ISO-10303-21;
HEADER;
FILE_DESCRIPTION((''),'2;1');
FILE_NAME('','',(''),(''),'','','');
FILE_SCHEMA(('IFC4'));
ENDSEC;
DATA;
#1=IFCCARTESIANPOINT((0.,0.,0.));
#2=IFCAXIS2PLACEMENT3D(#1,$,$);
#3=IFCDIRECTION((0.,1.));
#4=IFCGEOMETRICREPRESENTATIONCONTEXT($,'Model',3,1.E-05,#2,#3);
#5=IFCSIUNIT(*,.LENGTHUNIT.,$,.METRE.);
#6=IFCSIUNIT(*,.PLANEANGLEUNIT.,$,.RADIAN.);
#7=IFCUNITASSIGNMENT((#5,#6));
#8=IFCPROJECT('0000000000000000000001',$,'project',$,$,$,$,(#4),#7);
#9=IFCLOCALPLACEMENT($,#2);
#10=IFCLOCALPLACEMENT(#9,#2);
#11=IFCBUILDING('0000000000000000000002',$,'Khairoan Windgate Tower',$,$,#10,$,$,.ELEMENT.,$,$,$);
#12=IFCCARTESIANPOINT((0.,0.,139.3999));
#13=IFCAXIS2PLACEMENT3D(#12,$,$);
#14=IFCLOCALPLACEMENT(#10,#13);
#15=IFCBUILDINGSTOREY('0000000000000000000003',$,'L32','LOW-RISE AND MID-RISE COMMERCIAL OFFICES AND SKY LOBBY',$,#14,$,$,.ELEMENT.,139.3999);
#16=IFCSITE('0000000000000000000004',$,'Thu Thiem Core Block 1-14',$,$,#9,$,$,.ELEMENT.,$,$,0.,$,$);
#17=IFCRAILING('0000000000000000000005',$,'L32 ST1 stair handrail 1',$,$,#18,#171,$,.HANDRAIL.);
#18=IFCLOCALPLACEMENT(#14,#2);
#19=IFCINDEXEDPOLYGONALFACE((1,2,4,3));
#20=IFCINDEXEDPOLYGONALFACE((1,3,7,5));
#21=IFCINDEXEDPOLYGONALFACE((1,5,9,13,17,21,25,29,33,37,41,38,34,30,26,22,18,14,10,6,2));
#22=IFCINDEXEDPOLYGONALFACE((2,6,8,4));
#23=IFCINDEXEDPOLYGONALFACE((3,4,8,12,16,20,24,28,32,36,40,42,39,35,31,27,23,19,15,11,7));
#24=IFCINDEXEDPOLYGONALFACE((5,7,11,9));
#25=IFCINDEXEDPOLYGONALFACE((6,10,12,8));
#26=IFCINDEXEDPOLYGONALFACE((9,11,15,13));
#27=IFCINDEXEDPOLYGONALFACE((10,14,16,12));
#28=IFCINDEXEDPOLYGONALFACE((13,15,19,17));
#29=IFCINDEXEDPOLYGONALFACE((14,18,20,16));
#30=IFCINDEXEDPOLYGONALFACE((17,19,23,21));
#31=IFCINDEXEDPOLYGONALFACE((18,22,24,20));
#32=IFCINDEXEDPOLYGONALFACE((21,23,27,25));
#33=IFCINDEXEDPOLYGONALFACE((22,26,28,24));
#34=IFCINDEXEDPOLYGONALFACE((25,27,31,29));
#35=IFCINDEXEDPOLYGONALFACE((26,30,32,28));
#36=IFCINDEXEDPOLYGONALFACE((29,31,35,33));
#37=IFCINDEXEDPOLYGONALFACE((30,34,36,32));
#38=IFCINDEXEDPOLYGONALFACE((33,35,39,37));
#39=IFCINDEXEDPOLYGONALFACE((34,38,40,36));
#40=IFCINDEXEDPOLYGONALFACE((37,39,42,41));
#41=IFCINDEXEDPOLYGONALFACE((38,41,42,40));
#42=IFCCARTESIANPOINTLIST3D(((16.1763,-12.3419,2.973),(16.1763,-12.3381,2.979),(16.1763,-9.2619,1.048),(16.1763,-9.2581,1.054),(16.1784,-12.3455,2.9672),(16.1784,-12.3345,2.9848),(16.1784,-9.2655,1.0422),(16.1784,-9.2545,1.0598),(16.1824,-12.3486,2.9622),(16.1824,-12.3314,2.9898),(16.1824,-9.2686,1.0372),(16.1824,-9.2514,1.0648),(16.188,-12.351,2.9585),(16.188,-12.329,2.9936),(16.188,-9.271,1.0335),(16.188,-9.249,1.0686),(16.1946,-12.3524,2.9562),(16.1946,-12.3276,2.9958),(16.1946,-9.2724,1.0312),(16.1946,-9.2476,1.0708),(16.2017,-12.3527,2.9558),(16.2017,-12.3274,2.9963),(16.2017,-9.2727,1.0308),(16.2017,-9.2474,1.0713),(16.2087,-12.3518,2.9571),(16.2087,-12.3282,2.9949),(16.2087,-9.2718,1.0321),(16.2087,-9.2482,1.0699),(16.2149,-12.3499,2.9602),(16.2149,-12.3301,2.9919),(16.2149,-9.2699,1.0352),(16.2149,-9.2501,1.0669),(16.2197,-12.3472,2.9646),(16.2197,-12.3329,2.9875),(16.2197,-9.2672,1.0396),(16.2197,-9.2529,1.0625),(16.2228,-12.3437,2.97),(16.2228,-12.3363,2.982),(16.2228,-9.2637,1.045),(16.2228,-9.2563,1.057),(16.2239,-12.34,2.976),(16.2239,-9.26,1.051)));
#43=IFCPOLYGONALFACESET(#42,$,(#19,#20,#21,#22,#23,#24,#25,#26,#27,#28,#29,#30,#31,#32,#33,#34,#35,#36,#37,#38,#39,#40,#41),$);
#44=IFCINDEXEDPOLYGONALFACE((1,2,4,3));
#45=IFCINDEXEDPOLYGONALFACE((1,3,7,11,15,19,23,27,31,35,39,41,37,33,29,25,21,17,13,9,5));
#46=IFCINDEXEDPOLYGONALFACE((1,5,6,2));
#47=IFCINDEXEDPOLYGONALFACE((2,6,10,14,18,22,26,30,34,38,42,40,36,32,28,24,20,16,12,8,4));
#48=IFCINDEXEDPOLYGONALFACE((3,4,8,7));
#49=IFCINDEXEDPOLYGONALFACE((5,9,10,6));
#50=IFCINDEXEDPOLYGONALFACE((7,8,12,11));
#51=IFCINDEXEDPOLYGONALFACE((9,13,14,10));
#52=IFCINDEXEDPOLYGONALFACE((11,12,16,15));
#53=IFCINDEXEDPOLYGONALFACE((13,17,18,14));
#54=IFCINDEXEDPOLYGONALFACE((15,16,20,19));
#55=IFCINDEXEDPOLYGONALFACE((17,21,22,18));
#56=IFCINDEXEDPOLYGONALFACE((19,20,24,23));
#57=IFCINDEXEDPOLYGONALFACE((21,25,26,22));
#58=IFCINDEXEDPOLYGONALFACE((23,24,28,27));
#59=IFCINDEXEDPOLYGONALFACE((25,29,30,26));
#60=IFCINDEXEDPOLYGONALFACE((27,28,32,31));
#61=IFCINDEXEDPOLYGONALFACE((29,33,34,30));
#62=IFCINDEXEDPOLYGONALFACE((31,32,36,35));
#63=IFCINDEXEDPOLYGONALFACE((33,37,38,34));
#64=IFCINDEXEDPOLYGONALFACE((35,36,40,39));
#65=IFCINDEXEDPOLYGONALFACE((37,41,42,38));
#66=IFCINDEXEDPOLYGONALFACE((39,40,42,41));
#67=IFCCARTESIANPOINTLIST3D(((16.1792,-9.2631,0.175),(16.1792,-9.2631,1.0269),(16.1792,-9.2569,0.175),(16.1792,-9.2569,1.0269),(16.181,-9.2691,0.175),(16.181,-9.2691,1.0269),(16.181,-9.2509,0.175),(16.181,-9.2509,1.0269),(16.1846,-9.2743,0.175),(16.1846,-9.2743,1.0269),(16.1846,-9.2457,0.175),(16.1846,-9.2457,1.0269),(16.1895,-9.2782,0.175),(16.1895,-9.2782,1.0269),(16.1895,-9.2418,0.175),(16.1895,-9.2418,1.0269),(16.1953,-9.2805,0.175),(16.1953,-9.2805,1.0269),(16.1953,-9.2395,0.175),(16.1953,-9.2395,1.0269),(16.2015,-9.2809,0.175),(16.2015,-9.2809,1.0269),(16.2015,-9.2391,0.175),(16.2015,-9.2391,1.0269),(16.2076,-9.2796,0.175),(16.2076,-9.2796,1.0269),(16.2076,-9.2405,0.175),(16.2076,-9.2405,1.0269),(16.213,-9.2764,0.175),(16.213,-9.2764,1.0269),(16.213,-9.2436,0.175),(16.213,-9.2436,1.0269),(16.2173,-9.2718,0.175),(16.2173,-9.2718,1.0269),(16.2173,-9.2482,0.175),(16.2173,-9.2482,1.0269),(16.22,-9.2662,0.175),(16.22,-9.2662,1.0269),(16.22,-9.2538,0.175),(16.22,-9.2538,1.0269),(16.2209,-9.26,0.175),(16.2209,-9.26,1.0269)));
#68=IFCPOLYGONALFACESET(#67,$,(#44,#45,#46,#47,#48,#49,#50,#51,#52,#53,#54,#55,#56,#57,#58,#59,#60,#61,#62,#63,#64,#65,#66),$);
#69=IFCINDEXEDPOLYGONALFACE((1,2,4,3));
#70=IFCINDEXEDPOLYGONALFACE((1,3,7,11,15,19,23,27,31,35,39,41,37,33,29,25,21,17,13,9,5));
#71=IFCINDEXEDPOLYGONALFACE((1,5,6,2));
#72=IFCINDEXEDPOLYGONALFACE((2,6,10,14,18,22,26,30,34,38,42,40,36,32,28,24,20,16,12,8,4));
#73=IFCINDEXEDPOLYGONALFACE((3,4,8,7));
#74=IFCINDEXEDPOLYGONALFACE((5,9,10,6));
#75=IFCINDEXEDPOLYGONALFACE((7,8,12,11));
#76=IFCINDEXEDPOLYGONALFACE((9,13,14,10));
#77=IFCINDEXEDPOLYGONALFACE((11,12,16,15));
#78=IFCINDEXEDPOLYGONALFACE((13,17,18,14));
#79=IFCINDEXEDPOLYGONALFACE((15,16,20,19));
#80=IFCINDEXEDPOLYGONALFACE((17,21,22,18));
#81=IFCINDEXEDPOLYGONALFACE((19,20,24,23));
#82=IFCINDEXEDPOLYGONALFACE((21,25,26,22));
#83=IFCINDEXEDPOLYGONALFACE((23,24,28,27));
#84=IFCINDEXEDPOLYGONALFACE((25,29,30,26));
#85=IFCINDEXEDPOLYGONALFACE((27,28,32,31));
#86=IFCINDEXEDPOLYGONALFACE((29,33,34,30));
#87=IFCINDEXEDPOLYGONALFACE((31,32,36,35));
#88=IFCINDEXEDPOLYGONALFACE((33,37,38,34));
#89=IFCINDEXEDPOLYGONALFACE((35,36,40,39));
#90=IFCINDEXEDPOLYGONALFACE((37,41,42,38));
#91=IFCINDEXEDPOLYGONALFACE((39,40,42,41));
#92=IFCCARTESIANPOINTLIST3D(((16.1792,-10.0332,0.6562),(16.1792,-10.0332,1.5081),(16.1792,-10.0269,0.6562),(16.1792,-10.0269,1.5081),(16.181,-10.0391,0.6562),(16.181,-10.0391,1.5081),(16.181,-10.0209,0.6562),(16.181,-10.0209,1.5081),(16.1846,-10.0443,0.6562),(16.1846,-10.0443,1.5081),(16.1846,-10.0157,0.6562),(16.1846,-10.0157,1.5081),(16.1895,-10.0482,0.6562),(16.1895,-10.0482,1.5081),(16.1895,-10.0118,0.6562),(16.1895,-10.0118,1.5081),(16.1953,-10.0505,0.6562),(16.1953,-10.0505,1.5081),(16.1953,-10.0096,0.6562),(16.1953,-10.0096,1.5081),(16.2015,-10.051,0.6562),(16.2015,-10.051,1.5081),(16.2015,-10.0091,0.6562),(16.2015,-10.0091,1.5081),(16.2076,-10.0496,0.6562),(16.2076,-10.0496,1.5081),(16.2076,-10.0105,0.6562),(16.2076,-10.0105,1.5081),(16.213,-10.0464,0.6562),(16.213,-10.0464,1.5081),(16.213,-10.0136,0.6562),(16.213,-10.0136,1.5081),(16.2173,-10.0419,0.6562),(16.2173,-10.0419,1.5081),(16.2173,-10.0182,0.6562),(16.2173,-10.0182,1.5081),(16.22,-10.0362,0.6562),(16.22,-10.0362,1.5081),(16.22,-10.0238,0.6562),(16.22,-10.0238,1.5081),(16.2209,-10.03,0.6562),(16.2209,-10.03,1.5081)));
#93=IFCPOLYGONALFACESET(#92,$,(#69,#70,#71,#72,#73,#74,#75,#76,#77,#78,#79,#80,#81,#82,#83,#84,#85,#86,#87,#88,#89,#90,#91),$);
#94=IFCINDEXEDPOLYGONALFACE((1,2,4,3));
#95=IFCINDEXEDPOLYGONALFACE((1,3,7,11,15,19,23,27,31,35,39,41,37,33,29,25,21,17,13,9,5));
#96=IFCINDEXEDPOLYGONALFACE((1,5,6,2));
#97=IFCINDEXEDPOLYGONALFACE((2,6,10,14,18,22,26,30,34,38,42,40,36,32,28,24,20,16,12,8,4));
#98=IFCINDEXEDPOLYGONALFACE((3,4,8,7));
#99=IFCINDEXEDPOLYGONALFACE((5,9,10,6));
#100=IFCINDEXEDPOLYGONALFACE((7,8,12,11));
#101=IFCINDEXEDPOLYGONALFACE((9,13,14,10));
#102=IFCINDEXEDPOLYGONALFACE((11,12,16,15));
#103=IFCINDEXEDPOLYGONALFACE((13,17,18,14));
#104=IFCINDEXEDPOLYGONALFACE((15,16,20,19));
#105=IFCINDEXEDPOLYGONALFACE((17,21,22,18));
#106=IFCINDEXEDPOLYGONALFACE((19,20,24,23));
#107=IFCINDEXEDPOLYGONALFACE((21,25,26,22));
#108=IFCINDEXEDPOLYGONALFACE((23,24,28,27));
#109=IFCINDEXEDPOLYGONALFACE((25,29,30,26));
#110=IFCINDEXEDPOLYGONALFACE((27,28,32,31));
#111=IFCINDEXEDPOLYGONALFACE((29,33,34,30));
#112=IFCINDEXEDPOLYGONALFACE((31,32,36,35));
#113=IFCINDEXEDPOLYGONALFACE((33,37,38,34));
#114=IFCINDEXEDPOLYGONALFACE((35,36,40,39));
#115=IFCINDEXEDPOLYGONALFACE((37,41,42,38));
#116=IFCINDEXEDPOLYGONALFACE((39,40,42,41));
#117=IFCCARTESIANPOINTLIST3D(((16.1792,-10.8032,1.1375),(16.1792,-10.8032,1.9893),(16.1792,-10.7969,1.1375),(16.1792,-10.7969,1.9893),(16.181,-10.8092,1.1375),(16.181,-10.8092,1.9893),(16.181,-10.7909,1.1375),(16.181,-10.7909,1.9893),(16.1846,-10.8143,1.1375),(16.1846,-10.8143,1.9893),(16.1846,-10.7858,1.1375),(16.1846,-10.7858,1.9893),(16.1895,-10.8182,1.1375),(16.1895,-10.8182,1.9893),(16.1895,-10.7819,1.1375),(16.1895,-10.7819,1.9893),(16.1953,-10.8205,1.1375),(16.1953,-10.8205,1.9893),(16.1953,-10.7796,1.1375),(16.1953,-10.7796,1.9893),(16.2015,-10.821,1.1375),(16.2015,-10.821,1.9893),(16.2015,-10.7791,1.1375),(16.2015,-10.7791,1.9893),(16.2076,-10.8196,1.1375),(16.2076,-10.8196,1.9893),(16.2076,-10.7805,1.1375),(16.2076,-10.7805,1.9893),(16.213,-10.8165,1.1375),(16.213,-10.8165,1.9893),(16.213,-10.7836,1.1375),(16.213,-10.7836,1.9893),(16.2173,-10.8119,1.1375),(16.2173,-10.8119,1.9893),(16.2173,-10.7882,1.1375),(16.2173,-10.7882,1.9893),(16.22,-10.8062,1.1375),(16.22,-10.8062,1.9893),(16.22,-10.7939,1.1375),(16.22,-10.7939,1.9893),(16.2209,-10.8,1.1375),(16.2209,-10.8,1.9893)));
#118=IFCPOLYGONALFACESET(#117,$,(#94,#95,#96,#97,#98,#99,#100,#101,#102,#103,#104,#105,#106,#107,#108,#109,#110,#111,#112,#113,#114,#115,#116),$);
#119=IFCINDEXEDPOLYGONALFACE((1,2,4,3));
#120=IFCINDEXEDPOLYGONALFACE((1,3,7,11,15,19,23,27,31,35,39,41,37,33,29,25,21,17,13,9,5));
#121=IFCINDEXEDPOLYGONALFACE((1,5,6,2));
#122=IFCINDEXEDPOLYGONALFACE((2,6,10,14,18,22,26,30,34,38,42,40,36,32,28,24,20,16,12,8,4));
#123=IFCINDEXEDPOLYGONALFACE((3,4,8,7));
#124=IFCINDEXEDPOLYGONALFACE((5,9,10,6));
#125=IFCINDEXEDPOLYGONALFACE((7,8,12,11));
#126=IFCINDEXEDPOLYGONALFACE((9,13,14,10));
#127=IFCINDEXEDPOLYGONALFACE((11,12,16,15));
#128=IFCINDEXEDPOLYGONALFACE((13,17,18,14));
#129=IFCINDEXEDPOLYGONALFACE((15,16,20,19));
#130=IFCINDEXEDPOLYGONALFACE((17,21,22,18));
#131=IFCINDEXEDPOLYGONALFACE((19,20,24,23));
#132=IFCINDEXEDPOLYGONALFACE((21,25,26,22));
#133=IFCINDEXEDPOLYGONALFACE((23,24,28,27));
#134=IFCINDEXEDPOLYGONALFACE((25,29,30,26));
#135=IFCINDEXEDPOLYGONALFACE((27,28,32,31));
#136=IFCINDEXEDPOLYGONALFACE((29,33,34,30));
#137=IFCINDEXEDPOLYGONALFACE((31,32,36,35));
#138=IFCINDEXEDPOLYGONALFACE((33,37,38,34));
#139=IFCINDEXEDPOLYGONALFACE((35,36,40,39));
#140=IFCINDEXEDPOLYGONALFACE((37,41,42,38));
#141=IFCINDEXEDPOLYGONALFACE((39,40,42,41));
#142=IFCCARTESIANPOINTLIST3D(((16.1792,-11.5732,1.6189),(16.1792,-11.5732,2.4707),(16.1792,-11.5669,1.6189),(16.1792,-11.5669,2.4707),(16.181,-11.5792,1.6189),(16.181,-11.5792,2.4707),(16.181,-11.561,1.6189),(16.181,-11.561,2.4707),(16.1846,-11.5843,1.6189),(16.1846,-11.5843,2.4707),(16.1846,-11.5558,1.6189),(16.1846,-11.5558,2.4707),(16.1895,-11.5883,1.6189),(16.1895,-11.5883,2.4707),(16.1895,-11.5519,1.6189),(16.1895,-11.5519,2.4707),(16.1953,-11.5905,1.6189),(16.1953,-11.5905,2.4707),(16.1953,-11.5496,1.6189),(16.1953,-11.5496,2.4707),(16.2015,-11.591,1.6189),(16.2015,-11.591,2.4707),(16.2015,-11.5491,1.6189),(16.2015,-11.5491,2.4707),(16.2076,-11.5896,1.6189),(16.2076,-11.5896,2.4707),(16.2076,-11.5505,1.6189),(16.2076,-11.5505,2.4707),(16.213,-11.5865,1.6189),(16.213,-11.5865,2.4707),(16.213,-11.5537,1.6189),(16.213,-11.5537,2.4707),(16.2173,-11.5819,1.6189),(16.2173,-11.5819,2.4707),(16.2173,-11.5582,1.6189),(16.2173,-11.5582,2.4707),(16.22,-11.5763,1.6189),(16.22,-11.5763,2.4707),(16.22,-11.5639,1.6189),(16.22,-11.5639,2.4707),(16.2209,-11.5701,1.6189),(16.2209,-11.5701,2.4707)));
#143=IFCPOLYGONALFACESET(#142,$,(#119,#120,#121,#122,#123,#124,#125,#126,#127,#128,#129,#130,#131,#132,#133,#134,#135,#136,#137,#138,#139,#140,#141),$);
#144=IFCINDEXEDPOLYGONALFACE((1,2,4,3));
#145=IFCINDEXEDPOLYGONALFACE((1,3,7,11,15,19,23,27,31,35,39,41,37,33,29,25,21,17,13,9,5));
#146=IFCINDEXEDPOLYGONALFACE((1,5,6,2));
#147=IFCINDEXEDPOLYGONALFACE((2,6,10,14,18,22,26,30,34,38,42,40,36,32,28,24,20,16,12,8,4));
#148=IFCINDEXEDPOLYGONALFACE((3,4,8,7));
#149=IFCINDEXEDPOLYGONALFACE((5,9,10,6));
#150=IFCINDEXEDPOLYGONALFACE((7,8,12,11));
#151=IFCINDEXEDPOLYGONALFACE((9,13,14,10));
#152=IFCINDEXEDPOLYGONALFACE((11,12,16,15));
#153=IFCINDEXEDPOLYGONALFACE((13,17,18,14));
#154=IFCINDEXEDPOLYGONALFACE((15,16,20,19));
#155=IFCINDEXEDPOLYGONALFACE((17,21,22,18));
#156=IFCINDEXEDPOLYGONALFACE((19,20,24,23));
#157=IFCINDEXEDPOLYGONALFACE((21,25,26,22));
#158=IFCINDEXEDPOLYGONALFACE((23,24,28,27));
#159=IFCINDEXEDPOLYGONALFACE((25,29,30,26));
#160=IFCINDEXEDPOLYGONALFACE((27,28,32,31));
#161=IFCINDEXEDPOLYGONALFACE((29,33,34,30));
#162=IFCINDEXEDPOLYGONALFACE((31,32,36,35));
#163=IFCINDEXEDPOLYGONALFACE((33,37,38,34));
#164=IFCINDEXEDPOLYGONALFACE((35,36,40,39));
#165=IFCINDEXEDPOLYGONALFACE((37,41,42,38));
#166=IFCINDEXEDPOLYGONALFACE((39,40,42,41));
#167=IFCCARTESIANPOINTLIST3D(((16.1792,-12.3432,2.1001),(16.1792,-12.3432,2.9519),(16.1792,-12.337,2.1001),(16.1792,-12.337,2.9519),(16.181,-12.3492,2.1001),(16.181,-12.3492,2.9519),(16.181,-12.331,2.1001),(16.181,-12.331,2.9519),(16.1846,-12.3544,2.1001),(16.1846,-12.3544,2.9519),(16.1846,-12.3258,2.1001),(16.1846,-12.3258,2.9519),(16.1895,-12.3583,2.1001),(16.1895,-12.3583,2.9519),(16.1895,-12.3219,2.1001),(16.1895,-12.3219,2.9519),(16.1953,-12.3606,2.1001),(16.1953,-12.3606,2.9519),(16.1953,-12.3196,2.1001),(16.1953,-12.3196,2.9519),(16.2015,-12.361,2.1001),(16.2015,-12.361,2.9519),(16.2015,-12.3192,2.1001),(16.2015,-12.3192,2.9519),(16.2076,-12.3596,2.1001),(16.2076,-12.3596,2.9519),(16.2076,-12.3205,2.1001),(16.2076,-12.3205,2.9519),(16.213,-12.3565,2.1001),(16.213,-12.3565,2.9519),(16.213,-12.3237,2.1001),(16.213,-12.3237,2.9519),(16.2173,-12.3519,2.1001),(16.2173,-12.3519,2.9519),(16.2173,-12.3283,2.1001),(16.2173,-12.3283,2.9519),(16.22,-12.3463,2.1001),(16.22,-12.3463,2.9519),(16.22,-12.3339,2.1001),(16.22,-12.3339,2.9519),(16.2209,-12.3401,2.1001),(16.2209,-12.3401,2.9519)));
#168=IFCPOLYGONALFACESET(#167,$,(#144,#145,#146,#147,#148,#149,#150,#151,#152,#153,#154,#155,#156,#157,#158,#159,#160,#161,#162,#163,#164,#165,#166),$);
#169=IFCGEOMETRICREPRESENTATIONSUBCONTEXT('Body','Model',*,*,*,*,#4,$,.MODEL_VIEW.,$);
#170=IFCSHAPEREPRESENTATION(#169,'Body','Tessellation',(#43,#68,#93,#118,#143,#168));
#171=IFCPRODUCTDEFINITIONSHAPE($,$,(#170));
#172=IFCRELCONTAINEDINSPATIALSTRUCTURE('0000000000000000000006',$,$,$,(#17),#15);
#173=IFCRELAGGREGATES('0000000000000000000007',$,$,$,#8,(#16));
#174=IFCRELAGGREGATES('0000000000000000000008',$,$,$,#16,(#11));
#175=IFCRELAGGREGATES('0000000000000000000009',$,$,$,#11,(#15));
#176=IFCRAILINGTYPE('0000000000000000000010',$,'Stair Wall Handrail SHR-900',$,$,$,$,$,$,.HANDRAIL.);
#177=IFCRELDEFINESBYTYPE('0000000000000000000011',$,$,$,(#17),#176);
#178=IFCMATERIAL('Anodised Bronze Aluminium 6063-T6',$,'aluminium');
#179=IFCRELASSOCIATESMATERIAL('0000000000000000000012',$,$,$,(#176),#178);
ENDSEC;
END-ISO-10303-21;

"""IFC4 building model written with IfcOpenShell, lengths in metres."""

from ifc_helpers import new_model, si_unit, direction, frame, origin, origin_2d, place, context, subcontext, project, spatial, circle, extrude, material, type_object, element, save


model = new_model("IFC4")

# Units and contexts
model_context = context("Model", 3, precision=1e-05, world=origin(), true_north=direction((0.0, 1.0)))
body_context = subcontext(model_context, "Body", "Model", "MODEL_VIEW")
ifc_project = project(units=[si_unit("LENGTHUNIT", "METRE"), si_unit("PLANEANGLEUNIT", "RADIAN")], contexts=[model_context])

# Site, building, storey
site_placement = place(None, origin())
site = spatial("IfcSite", under=ifc_project, at=site_placement, Name="Thu Thiem Core Block 1-14", CompositionType="ELEMENT", RefElevation=0.0)
building_placement = place(site_placement, origin())
building = spatial("IfcBuilding", under=site, at=building_placement, Name="Khairoan Windgate Tower", CompositionType="ELEMENT")
storey_placement = place(building_placement, frame((0.0, 0.0, 139.3999)))
storey = spatial("IfcBuildingStorey", under=building, at=storey_placement, Name="L32", Description="LOW-RISE AND MID-RISE COMMERCIAL OFFICES AND SKY LOBBY", CompositionType="ELEMENT", Elevation=139.3999)

# Railing
ifc_material_1 = material(Name="Anodised Bronze Aluminium 6063-T6", Category="aluminium")
railing_type_1 = type_object("IfcRailingType", Name="Stair Wall Handrail SHR-900", PredefinedType="HANDRAIL", material=ifc_material_1)
railing_1_placement = place(storey_placement, frame((16.2, -9.26, 0.175)))
element("IfcRailing", 1, at=railing_1_placement, inside=storey, type_object=railing_type_1, Name="L32 ST1 stair handrail 1", PredefinedType="HANDRAIL", context=body_context, shape_type="SweptSolid", body=[
    extrude(circle(Radius=0.0239, at=origin_2d()), frame((0.0, 0.0, 0.876), z_axis=(0.0, -0.847998, 0.529999), x_axis=(1.0, 0.0, 0.0)), (0.0, 0.0, 1.0), 3.6321),
    extrude(circle(Radius=0.021, at=origin_2d()), origin(), (0.0, 0.0, 1.0), 0.8518),
    extrude(circle(Radius=0.021, at=origin_2d()), frame((0.0, -0.77, 0.4812)), (0.0, 0.0, 1.0), 0.8518),
    extrude(circle(Radius=0.021, at=origin_2d()), frame((0.0, -1.54, 0.9624)), (0.0, 0.0, 1.0), 0.8518),
    extrude(circle(Radius=0.021, at=origin_2d()), frame((0.0, -2.3101, 1.4438)), (0.0, 0.0, 1.0), 0.8518),
    extrude(circle(Radius=0.021, at=origin_2d()), frame((0.0, -3.0801, 1.925)), (0.0, 0.0, 1.0), 0.8518),
])

save(model, "model.ifc")
